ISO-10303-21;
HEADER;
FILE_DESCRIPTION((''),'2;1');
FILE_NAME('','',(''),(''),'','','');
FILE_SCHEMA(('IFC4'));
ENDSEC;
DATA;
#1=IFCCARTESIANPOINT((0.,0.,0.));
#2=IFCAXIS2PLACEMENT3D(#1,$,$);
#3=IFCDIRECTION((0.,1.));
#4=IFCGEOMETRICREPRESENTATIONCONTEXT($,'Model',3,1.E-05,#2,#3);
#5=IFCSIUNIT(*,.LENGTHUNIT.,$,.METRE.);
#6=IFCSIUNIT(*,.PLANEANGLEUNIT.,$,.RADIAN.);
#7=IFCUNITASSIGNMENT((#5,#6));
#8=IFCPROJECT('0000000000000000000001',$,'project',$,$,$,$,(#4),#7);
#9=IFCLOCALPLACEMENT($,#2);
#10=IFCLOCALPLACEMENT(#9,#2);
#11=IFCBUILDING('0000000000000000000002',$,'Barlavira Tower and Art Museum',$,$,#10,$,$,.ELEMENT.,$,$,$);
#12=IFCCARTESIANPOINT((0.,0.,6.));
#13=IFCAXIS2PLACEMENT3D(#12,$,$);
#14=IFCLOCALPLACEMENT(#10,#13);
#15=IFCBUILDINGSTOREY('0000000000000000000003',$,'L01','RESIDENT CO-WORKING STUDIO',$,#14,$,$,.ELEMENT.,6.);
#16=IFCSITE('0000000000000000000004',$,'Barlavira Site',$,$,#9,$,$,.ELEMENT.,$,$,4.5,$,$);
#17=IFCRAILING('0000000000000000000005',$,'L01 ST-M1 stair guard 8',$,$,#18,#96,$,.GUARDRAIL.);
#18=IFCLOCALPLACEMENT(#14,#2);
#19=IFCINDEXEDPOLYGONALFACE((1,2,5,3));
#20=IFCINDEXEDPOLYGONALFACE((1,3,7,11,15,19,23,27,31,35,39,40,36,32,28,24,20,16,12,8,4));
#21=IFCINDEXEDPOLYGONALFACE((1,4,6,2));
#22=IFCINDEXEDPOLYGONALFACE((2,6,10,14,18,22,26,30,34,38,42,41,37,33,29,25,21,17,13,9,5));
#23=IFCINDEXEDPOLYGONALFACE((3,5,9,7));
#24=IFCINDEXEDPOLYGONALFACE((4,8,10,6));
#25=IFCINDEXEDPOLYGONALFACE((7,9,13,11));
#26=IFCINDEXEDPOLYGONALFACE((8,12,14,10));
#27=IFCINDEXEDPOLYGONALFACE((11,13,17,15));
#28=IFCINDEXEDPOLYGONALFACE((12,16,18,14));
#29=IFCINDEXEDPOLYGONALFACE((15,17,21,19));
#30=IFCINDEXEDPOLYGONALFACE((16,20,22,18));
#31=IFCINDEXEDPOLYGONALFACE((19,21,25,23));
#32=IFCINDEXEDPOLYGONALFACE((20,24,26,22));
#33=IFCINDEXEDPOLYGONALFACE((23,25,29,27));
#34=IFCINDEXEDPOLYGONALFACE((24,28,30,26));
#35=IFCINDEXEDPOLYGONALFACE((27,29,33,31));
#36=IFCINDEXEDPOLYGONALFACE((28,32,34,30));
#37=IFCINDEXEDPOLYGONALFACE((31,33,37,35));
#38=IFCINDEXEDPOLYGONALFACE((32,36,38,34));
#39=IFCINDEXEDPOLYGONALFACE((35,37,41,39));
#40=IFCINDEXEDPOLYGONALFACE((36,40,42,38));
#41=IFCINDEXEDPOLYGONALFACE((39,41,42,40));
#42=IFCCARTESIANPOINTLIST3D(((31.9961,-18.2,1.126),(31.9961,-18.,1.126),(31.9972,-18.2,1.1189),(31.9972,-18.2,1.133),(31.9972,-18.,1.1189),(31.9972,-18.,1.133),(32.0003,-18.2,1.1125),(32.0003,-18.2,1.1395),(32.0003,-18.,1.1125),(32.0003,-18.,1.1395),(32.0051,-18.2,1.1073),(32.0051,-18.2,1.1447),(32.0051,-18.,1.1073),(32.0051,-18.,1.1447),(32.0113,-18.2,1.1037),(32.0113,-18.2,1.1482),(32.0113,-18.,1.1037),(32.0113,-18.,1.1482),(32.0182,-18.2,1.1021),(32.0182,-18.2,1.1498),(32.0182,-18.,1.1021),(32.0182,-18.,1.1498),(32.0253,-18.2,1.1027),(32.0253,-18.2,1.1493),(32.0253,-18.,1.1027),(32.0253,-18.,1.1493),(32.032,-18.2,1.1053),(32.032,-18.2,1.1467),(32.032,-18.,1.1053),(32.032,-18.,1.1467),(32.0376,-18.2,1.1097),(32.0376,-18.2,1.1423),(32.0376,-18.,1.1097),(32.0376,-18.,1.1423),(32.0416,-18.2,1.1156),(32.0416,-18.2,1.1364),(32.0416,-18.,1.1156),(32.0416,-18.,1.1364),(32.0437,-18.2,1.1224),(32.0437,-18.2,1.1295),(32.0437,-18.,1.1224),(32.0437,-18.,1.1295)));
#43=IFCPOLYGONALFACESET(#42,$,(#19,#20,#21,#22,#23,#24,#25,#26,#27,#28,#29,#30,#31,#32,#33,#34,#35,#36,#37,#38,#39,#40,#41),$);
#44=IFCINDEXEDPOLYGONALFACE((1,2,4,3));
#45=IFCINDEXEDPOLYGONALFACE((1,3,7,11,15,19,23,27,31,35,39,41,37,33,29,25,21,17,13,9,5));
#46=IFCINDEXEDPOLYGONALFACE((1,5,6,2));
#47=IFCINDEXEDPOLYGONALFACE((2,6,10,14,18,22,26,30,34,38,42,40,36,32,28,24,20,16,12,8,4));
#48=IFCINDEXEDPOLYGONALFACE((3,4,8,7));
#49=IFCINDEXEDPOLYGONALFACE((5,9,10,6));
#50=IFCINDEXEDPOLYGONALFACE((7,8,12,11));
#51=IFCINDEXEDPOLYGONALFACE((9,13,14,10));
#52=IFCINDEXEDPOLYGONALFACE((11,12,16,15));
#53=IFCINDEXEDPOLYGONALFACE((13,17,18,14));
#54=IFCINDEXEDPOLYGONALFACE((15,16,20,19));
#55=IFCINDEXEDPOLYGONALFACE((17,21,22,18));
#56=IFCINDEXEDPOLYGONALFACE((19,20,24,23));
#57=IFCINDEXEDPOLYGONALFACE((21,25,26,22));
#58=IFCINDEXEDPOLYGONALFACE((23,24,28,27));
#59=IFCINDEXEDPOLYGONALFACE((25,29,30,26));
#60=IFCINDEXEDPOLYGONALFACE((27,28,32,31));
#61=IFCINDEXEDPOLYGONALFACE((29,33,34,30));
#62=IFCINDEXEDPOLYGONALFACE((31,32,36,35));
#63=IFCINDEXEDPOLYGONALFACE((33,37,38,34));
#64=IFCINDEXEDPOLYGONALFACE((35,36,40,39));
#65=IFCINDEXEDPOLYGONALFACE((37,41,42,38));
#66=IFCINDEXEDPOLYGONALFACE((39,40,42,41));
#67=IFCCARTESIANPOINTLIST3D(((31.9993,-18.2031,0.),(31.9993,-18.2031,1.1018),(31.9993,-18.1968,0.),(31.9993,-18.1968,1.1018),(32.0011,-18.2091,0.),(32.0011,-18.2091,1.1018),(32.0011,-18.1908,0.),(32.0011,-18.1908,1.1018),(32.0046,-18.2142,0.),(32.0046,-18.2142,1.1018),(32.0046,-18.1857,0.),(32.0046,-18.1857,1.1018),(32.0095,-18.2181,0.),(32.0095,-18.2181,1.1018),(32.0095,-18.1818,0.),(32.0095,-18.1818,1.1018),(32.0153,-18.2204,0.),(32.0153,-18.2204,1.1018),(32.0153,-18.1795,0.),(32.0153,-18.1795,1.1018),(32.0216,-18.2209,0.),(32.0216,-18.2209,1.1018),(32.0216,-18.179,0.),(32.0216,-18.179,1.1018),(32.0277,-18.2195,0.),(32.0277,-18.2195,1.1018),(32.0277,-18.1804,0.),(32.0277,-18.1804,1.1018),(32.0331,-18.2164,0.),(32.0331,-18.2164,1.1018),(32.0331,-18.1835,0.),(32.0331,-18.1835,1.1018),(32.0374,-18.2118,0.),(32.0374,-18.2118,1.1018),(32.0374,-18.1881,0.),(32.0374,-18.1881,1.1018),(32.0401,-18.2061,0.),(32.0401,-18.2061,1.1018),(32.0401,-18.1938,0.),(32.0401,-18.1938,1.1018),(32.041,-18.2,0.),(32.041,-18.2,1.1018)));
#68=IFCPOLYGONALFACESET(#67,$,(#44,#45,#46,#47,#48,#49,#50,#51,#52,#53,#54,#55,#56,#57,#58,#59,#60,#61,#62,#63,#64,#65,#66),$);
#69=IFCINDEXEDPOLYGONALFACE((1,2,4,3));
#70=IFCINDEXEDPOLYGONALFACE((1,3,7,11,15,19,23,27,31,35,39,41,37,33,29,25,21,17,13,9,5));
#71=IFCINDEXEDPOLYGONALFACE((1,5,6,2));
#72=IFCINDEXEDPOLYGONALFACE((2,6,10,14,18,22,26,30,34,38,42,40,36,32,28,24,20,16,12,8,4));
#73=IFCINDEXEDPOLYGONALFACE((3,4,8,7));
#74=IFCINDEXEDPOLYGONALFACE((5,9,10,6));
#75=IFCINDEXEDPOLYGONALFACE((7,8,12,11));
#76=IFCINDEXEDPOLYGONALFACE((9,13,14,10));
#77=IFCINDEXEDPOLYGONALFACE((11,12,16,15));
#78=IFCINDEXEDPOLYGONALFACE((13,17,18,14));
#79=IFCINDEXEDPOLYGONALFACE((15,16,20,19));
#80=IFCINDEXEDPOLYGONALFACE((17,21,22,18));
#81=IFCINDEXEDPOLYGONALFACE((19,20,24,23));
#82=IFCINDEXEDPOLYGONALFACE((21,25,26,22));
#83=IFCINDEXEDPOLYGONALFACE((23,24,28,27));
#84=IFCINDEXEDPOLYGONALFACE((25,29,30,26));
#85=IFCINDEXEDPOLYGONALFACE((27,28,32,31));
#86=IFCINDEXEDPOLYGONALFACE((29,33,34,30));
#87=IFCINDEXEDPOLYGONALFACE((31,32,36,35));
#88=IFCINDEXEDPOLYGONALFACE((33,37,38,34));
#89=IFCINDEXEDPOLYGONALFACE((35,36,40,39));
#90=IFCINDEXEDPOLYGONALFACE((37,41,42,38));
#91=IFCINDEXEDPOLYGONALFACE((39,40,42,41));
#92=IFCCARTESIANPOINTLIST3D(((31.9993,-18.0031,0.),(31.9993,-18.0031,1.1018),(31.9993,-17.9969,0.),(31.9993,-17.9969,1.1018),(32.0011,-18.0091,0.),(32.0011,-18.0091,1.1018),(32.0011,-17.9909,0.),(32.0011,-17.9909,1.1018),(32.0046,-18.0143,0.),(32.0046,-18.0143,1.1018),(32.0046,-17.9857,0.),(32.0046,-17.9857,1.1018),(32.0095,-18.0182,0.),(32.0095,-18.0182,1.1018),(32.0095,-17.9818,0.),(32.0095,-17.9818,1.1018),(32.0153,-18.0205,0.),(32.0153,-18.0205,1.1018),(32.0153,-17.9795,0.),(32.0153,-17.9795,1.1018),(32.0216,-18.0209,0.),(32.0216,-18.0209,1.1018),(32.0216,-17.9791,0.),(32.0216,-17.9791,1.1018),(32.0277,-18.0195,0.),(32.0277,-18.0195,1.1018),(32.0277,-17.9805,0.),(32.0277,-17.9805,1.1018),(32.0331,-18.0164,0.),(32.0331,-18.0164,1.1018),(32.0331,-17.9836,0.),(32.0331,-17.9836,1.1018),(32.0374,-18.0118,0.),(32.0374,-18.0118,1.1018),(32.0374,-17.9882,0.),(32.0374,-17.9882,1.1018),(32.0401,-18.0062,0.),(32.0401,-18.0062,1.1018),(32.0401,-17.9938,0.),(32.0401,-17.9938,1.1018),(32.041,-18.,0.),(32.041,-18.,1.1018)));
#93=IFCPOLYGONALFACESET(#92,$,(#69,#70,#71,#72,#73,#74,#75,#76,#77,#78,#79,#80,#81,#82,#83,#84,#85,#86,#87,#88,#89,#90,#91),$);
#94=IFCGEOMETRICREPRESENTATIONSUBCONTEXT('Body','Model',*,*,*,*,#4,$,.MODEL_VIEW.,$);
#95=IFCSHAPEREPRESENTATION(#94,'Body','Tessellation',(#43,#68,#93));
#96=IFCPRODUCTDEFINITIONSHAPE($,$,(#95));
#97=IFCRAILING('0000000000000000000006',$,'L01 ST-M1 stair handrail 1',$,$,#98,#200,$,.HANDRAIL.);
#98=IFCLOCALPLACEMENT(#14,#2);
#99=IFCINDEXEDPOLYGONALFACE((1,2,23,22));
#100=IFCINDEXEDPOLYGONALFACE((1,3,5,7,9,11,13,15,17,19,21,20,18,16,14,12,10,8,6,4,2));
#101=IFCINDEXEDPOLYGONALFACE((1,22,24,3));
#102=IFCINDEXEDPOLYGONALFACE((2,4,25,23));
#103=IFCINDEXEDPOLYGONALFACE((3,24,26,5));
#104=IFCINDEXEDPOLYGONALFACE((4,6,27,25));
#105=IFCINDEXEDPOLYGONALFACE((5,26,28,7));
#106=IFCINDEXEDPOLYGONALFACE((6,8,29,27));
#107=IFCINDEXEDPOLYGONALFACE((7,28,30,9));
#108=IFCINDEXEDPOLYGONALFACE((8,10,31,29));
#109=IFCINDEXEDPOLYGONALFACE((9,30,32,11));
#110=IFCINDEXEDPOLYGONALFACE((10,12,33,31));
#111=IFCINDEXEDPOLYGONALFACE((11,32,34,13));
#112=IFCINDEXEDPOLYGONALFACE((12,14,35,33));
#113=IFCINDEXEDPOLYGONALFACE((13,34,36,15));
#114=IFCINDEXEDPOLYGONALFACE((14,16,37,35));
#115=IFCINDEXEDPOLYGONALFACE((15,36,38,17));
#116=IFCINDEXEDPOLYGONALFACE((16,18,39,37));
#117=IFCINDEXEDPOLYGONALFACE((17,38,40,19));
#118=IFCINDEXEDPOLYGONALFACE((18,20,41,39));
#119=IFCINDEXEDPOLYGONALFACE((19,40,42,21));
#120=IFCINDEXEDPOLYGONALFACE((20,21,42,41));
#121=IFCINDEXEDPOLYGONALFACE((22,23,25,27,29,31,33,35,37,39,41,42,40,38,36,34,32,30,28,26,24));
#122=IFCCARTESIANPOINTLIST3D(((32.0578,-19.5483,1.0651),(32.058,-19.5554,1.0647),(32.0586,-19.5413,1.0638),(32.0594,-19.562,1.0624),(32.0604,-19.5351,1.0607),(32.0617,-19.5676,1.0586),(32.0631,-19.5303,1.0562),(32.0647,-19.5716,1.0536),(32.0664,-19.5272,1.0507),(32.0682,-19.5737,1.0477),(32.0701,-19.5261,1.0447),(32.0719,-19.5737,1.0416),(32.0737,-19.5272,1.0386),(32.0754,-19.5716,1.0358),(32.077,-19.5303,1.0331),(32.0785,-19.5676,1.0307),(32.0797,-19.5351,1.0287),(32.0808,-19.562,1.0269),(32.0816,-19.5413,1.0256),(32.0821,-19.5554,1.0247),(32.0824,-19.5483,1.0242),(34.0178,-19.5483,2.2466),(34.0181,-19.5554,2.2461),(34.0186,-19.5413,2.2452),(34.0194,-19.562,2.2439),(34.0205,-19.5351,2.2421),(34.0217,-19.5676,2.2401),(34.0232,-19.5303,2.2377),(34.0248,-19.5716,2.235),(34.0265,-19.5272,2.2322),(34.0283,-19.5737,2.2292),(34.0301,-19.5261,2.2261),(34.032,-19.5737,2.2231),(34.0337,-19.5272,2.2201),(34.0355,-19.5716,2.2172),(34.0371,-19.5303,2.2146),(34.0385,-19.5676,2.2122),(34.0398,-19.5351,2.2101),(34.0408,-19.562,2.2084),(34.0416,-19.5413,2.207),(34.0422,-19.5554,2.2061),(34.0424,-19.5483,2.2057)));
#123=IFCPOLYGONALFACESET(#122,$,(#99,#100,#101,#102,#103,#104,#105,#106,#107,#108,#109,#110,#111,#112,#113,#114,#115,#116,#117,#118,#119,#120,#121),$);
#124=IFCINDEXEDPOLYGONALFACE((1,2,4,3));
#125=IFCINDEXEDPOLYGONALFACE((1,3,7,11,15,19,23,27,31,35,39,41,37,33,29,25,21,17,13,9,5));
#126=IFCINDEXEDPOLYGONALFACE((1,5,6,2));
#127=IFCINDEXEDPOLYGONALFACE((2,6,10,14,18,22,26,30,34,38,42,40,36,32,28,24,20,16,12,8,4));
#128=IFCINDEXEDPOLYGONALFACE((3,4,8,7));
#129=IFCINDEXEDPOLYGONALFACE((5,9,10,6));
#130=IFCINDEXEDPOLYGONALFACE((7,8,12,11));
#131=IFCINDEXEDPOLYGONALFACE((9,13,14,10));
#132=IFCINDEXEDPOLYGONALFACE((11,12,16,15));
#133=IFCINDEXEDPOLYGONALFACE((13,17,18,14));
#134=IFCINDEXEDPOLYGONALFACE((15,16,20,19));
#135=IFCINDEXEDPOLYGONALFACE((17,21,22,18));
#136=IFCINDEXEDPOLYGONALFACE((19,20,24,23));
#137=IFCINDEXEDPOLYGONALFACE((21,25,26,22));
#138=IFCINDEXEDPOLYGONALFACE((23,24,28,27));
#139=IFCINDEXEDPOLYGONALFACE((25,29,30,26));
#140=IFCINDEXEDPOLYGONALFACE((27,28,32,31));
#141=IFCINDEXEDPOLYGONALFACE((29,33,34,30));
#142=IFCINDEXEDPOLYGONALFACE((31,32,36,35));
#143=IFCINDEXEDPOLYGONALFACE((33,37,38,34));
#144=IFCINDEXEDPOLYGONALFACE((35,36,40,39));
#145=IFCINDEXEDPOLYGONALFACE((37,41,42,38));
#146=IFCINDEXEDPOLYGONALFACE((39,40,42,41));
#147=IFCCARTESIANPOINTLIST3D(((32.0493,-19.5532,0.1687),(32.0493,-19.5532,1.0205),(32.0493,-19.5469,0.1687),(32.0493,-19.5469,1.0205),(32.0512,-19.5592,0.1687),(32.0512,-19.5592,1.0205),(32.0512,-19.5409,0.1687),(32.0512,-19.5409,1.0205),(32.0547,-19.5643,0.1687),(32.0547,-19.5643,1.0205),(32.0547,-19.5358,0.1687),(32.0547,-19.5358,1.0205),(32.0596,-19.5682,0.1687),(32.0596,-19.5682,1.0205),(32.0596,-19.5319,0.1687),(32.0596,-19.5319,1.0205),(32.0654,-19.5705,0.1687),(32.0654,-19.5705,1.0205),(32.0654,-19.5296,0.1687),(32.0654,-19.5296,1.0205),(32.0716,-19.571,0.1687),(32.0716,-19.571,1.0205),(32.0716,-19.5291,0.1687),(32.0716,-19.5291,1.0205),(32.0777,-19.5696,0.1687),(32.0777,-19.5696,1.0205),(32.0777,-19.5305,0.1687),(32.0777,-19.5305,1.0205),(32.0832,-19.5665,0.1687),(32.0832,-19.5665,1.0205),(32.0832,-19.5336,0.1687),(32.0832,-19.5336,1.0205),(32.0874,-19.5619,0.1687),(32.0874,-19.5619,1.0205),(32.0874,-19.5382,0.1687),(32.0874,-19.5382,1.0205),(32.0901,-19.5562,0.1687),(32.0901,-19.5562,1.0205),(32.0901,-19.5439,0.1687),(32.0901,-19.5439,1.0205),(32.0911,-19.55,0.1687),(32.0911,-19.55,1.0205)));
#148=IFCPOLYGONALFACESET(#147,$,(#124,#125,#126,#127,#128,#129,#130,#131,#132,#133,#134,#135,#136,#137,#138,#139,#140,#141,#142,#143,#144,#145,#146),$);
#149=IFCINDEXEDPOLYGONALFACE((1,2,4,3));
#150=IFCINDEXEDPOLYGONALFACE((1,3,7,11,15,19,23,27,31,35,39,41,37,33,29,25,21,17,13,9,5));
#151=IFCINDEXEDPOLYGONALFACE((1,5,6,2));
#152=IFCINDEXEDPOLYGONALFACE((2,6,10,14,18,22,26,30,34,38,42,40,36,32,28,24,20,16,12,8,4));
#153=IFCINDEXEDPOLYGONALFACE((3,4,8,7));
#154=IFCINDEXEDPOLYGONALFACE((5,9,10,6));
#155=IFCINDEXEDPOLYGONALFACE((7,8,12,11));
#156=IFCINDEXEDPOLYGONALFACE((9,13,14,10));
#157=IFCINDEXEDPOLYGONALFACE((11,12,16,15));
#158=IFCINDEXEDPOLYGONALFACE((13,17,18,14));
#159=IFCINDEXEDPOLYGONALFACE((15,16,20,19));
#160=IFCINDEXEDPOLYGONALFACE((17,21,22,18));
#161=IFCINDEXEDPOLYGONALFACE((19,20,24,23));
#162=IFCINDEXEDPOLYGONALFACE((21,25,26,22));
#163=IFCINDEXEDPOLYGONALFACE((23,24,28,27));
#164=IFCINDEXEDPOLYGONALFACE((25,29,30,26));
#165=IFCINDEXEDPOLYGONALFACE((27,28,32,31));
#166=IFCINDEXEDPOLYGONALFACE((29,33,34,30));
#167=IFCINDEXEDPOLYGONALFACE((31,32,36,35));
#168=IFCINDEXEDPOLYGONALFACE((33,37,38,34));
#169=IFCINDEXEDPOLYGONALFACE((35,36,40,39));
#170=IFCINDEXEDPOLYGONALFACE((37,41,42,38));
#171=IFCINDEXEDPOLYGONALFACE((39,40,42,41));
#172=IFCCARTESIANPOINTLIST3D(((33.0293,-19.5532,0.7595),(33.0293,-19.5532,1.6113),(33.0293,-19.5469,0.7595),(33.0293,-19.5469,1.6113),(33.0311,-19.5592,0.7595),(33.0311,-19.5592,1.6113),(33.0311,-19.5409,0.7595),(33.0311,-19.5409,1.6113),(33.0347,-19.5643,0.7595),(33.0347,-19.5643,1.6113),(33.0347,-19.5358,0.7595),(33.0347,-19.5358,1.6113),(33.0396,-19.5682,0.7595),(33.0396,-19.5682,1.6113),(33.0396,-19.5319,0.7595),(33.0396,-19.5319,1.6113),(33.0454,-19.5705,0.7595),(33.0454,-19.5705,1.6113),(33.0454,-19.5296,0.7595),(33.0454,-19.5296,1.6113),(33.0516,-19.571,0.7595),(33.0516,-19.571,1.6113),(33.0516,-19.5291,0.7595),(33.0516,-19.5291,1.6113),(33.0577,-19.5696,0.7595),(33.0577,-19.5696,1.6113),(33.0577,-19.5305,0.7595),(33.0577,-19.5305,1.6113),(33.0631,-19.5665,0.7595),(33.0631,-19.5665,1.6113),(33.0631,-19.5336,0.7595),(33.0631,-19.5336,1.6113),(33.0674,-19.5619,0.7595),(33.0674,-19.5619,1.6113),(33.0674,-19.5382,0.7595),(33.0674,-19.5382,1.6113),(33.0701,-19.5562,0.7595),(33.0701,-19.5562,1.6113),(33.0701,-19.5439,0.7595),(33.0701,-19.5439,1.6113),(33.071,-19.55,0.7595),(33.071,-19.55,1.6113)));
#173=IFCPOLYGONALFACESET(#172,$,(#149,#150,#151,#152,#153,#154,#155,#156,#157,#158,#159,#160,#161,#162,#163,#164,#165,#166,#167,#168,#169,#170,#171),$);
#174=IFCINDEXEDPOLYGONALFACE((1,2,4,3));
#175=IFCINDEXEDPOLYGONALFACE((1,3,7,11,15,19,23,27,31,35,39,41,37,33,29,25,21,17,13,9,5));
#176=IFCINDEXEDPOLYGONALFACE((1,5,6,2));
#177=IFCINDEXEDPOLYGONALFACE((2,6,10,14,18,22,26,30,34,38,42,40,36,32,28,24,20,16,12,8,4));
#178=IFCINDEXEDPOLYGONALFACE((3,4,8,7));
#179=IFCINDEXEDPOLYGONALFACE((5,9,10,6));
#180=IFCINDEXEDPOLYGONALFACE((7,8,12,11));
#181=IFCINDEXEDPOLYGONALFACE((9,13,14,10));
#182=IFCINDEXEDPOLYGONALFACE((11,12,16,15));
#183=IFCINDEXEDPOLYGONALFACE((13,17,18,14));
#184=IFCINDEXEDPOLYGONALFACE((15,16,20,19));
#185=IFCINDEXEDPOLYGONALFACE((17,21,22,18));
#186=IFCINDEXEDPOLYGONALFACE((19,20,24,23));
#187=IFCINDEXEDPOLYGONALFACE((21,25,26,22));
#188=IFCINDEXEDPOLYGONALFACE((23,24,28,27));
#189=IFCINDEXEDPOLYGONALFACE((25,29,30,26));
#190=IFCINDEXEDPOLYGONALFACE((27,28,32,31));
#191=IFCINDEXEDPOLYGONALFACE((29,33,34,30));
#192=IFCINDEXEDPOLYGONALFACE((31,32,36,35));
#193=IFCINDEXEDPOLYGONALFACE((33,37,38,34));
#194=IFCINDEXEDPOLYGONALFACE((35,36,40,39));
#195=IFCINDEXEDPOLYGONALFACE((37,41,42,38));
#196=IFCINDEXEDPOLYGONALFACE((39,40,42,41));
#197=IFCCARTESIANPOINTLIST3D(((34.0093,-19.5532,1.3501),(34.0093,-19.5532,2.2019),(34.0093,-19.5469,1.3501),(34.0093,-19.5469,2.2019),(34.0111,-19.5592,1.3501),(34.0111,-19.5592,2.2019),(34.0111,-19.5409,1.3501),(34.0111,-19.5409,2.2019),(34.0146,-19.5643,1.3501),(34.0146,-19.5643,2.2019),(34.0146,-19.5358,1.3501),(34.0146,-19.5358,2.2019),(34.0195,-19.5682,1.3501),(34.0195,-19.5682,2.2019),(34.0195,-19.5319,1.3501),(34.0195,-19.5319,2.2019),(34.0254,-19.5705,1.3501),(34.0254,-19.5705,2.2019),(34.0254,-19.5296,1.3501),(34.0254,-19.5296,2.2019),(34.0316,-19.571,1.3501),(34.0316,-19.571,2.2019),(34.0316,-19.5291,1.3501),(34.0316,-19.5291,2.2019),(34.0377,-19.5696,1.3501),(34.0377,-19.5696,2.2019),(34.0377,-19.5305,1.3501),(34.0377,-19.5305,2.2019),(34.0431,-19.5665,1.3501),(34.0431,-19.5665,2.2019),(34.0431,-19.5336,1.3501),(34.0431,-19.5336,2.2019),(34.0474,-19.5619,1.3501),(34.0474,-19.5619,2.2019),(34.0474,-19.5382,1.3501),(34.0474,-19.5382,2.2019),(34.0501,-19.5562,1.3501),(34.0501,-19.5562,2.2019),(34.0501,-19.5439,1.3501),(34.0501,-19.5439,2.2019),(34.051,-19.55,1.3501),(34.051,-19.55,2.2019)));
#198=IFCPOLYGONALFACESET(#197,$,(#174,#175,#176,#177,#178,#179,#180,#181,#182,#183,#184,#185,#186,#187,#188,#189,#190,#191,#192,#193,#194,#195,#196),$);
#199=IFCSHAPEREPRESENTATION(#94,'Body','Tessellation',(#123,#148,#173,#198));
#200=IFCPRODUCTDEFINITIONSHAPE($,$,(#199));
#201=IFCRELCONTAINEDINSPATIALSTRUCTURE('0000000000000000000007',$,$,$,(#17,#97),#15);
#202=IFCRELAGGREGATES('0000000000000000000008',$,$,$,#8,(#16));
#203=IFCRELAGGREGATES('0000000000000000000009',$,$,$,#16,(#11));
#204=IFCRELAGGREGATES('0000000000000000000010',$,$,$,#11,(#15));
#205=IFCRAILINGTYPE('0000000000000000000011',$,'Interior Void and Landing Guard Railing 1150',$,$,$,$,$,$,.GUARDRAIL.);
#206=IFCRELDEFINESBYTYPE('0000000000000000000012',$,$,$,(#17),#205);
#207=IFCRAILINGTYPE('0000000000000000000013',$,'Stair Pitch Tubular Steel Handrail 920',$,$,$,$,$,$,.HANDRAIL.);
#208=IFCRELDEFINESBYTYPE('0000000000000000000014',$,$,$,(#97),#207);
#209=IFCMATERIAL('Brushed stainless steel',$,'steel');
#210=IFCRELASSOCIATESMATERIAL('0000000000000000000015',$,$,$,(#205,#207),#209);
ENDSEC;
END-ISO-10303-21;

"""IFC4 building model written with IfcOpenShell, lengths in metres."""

from ifc_helpers import new_model, si_unit, direction, frame, origin, origin_2d, place, context, subcontext, project, spatial, circle, extrude, material, type_object, element, save


model = new_model("IFC4")

# Units and contexts
model_context = context("Model", 3, precision=1e-05, world=origin(), true_north=direction((0.0, 1.0)))
body_context = subcontext(model_context, "Body", "Model", "MODEL_VIEW")
ifc_project = project(units=[si_unit("LENGTHUNIT", "METRE"), si_unit("PLANEANGLEUNIT", "RADIAN")], contexts=[model_context])

# Site, building, storey
site_placement = place(None, origin())
site = spatial("IfcSite", under=ifc_project, at=site_placement, Name="Barlavira Site", CompositionType="ELEMENT", RefElevation=4.5)
building_placement = place(site_placement, origin())
building = spatial("IfcBuilding", under=site, at=building_placement, Name="Barlavira Tower and Art Museum", CompositionType="ELEMENT")
storey_placement = place(building_placement, frame((0.0, 0.0, 6.0)))
storey = spatial("IfcBuildingStorey", under=building, at=storey_placement, Name="L01", Description="RESIDENT CO-WORKING STUDIO", CompositionType="ELEMENT", Elevation=6.0)

# Shared definitions
ifc_material_1 = material(Name="Brushed stainless steel", Category="steel")

# Railings
railing_type_1 = type_object("IfcRailingType", Name="Interior Void and Landing Guard Railing 1150", PredefinedType="GUARDRAIL", material=ifc_material_1)
railing_1_placement = place(storey_placement, frame((32.02, -18.2, 0.0)))
element("IfcRailing", 1, at=railing_1_placement, inside=storey, type_object=railing_type_1, Name="L01 ST-M1 stair guard 8", PredefinedType="GUARDRAIL", context=body_context, shape_type="SweptSolid", body=[
    extrude(circle(Radius=0.0239, at=origin_2d()), frame((0.0, 0.0, 1.126), z_axis=(0.0, 1.0, 0.0), x_axis=(-1.0, 0.0, 0.0)), (0.0, 0.0, 1.0), 0.2),
    extrude(circle(Radius=0.021, at=origin_2d()), origin(), (0.0, 0.0, 1.0), 1.1018),
    extrude(circle(Radius=0.021, at=origin_2d()), frame((0.0, 0.2, 0.0)), (0.0, 0.0, 1.0), 1.1018),
])
railing_type_2 = type_object("IfcRailingType", Name="Stair Pitch Tubular Steel Handrail 920", PredefinedType="HANDRAIL", material=ifc_material_1)
railing_2_placement = place(storey_placement, frame((32.0701, -19.55, 0.1687)))
element("IfcRailing", 2, at=railing_2_placement, inside=storey, type_object=railing_type_2, Name="L01 ST-M1 stair handrail 1", PredefinedType="HANDRAIL", context=body_context, shape_type="SweptSolid", body=[
    extrude(circle(Radius=0.0239, at=origin_2d()), frame((0.0, 0.0, 0.876), z_axis=(0.856446, 0.0, 0.516236), x_axis=(0.0, 1.0, 0.0)), (0.0, 0.0, 1.0), 2.2886),
    extrude(circle(Radius=0.021, at=origin_2d()), origin(), (0.0, 0.0, 1.0), 0.8518),
    extrude(circle(Radius=0.021, at=origin_2d()), frame((0.98, 0.0, 0.5908)), (0.0, 0.0, 1.0), 0.8518),
    extrude(circle(Radius=0.021, at=origin_2d()), frame((1.96, 0.0, 1.1814)), (0.0, 0.0, 1.0), 0.8518),
])

save(model, "model.ifc")
